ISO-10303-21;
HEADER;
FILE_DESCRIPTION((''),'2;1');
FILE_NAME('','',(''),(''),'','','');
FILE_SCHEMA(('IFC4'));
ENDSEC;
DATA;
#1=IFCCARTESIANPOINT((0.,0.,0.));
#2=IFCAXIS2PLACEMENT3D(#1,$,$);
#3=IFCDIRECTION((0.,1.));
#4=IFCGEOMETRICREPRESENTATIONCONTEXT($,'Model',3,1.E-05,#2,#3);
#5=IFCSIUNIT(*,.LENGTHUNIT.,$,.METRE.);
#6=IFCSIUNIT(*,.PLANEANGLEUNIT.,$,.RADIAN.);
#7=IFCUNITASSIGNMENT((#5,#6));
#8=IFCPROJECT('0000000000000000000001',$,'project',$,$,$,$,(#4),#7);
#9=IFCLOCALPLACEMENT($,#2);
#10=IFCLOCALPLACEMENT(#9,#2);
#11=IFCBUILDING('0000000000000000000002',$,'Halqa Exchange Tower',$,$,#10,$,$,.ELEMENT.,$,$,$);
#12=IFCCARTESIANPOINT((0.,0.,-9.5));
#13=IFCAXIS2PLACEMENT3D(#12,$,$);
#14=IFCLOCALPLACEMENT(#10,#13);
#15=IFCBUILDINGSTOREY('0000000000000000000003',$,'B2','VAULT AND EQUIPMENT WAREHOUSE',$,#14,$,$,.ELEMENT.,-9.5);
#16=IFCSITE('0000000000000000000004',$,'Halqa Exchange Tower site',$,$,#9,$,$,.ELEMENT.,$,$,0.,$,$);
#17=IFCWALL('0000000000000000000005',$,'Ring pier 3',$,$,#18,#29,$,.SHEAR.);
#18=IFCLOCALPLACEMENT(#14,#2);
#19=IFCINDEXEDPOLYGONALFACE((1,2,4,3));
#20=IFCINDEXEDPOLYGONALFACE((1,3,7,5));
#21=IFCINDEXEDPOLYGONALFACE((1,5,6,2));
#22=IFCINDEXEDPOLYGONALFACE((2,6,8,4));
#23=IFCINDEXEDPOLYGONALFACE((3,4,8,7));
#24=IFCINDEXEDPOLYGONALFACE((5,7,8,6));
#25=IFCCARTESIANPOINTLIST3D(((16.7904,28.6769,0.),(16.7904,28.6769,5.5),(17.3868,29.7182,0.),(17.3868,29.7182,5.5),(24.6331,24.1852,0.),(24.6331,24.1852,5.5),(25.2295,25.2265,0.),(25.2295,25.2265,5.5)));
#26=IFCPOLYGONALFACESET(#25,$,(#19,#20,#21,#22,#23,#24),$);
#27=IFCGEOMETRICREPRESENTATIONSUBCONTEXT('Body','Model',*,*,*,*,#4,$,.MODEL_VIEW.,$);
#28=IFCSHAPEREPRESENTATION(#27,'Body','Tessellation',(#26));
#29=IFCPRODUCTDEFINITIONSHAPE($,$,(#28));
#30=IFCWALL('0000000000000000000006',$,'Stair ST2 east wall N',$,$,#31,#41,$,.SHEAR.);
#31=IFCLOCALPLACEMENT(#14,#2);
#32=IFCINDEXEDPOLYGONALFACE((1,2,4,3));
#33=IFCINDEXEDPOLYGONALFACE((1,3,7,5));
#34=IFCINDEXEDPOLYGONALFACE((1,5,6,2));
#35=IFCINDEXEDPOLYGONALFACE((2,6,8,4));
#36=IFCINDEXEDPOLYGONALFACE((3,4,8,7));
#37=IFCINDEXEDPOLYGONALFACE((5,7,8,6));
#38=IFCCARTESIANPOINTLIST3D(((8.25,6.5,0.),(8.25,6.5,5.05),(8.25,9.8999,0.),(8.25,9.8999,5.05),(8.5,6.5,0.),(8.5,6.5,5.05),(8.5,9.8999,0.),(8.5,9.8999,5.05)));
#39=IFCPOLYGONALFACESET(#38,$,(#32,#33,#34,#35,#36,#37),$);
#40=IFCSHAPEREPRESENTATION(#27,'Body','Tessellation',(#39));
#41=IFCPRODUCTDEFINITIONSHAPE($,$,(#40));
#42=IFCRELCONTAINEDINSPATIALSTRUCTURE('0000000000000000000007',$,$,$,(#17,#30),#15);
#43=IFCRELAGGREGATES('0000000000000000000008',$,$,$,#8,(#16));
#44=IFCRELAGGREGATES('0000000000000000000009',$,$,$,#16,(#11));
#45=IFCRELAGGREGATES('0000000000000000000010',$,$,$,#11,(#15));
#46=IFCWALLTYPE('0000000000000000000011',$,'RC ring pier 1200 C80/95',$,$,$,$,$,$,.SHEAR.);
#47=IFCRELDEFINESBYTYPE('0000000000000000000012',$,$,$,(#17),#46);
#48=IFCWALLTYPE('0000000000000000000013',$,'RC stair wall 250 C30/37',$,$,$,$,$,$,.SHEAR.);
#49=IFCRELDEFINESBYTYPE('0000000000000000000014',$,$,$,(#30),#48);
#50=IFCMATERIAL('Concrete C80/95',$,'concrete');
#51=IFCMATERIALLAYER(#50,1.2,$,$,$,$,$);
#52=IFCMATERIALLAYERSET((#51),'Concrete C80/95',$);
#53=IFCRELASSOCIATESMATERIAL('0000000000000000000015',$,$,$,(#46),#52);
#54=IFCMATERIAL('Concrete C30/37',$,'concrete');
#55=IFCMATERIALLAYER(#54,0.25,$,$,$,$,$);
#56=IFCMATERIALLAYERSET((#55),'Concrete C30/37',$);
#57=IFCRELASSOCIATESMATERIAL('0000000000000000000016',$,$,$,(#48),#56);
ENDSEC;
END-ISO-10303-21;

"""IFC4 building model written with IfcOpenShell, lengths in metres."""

from ifc_helpers import new_model, si_unit, direction, frame, frame_2d, origin, place, context, subcontext, project, spatial, rectangle, extrude, material, layer, layer_set, type_object, element, save


model = new_model("IFC4")

# Units and contexts
model_context = context("Model", 3, precision=1e-05, world=origin(), true_north=direction((0.0, 1.0)))
body_context = subcontext(model_context, "Body", "Model", "MODEL_VIEW")
ifc_project = project(units=[si_unit("LENGTHUNIT", "METRE"), si_unit("PLANEANGLEUNIT", "RADIAN")], contexts=[model_context])

# Site, building, storey
site_placement = place(None, origin())
site = spatial("IfcSite", under=ifc_project, at=site_placement, Name="Halqa Exchange Tower site", CompositionType="ELEMENT", RefElevation=0.0)
building_placement = place(site_placement, origin())
building = spatial("IfcBuilding", under=site, at=building_placement, Name="Halqa Exchange Tower", CompositionType="ELEMENT")
storey_placement = place(building_placement, frame((0.0, 0.0, -9.5)))
storey = spatial("IfcBuildingStorey", under=building, at=storey_placement, Name="B2", Description="VAULT AND EQUIPMENT WAREHOUSE", CompositionType="ELEMENT", Elevation=-9.5)

# Shared definitions
ifc_material_1 = material(Name="Concrete C30/37", Category="concrete")

# Walls
ifc_material_2 = material(Name="Concrete C80/95", Category="concrete")
ifc_layer_1 = layer(ifc_material_2, 1.2)
ifc_layer_set_1 = layer_set([ifc_layer_1], Name="Concrete C80/95")
wall_type_1 = type_object("IfcWallType", Name="RC ring pier 1200 C80/95", PredefinedType="SHEAR", material=ifc_layer_set_1)
wall_1_placement = place(storey_placement, frame((24.9314, 24.7058, 0.0), z_axis=(0.0, 0.0, 1.0), x_axis=(-0.867761, 0.496982, 0.0)))
element("IfcWall", 1, at=wall_1_placement, inside=storey, type_object=wall_type_1, Name="Ring pier 3", PredefinedType="SHEAR", context=body_context, shape_type="SweptSolid", body=[
    extrude(rectangle(XDim=9.0378, YDim=1.2, at=frame_2d((4.519, 0.0))), origin(), (0.0, 0.0, 1.0), 5.5),
])
ifc_layer_2 = layer(ifc_material_1, 0.25)
ifc_layer_set_2 = layer_set([ifc_layer_2], Name="Concrete C30/37")
wall_type_2 = type_object("IfcWallType", Name="RC stair wall 250 C30/37", PredefinedType="SHEAR", material=ifc_layer_set_2)
wall_2_placement = place(storey_placement, frame((8.375, 6.5, 0.0), z_axis=(0.0, 0.0, 1.0), x_axis=(0.0, 1.0, 0.0)))
element("IfcWall", 2, at=wall_2_placement, inside=storey, type_object=wall_type_2, Name="Stair ST2 east wall N", PredefinedType="SHEAR", context=body_context, shape_type="SweptSolid", body=[
    extrude(rectangle(XDim=3.3999, YDim=0.25, at=frame_2d((1.7, 0.0))), origin(), (0.0, 0.0, 1.0), 5.05),
])

save(model, "model.ifc")
